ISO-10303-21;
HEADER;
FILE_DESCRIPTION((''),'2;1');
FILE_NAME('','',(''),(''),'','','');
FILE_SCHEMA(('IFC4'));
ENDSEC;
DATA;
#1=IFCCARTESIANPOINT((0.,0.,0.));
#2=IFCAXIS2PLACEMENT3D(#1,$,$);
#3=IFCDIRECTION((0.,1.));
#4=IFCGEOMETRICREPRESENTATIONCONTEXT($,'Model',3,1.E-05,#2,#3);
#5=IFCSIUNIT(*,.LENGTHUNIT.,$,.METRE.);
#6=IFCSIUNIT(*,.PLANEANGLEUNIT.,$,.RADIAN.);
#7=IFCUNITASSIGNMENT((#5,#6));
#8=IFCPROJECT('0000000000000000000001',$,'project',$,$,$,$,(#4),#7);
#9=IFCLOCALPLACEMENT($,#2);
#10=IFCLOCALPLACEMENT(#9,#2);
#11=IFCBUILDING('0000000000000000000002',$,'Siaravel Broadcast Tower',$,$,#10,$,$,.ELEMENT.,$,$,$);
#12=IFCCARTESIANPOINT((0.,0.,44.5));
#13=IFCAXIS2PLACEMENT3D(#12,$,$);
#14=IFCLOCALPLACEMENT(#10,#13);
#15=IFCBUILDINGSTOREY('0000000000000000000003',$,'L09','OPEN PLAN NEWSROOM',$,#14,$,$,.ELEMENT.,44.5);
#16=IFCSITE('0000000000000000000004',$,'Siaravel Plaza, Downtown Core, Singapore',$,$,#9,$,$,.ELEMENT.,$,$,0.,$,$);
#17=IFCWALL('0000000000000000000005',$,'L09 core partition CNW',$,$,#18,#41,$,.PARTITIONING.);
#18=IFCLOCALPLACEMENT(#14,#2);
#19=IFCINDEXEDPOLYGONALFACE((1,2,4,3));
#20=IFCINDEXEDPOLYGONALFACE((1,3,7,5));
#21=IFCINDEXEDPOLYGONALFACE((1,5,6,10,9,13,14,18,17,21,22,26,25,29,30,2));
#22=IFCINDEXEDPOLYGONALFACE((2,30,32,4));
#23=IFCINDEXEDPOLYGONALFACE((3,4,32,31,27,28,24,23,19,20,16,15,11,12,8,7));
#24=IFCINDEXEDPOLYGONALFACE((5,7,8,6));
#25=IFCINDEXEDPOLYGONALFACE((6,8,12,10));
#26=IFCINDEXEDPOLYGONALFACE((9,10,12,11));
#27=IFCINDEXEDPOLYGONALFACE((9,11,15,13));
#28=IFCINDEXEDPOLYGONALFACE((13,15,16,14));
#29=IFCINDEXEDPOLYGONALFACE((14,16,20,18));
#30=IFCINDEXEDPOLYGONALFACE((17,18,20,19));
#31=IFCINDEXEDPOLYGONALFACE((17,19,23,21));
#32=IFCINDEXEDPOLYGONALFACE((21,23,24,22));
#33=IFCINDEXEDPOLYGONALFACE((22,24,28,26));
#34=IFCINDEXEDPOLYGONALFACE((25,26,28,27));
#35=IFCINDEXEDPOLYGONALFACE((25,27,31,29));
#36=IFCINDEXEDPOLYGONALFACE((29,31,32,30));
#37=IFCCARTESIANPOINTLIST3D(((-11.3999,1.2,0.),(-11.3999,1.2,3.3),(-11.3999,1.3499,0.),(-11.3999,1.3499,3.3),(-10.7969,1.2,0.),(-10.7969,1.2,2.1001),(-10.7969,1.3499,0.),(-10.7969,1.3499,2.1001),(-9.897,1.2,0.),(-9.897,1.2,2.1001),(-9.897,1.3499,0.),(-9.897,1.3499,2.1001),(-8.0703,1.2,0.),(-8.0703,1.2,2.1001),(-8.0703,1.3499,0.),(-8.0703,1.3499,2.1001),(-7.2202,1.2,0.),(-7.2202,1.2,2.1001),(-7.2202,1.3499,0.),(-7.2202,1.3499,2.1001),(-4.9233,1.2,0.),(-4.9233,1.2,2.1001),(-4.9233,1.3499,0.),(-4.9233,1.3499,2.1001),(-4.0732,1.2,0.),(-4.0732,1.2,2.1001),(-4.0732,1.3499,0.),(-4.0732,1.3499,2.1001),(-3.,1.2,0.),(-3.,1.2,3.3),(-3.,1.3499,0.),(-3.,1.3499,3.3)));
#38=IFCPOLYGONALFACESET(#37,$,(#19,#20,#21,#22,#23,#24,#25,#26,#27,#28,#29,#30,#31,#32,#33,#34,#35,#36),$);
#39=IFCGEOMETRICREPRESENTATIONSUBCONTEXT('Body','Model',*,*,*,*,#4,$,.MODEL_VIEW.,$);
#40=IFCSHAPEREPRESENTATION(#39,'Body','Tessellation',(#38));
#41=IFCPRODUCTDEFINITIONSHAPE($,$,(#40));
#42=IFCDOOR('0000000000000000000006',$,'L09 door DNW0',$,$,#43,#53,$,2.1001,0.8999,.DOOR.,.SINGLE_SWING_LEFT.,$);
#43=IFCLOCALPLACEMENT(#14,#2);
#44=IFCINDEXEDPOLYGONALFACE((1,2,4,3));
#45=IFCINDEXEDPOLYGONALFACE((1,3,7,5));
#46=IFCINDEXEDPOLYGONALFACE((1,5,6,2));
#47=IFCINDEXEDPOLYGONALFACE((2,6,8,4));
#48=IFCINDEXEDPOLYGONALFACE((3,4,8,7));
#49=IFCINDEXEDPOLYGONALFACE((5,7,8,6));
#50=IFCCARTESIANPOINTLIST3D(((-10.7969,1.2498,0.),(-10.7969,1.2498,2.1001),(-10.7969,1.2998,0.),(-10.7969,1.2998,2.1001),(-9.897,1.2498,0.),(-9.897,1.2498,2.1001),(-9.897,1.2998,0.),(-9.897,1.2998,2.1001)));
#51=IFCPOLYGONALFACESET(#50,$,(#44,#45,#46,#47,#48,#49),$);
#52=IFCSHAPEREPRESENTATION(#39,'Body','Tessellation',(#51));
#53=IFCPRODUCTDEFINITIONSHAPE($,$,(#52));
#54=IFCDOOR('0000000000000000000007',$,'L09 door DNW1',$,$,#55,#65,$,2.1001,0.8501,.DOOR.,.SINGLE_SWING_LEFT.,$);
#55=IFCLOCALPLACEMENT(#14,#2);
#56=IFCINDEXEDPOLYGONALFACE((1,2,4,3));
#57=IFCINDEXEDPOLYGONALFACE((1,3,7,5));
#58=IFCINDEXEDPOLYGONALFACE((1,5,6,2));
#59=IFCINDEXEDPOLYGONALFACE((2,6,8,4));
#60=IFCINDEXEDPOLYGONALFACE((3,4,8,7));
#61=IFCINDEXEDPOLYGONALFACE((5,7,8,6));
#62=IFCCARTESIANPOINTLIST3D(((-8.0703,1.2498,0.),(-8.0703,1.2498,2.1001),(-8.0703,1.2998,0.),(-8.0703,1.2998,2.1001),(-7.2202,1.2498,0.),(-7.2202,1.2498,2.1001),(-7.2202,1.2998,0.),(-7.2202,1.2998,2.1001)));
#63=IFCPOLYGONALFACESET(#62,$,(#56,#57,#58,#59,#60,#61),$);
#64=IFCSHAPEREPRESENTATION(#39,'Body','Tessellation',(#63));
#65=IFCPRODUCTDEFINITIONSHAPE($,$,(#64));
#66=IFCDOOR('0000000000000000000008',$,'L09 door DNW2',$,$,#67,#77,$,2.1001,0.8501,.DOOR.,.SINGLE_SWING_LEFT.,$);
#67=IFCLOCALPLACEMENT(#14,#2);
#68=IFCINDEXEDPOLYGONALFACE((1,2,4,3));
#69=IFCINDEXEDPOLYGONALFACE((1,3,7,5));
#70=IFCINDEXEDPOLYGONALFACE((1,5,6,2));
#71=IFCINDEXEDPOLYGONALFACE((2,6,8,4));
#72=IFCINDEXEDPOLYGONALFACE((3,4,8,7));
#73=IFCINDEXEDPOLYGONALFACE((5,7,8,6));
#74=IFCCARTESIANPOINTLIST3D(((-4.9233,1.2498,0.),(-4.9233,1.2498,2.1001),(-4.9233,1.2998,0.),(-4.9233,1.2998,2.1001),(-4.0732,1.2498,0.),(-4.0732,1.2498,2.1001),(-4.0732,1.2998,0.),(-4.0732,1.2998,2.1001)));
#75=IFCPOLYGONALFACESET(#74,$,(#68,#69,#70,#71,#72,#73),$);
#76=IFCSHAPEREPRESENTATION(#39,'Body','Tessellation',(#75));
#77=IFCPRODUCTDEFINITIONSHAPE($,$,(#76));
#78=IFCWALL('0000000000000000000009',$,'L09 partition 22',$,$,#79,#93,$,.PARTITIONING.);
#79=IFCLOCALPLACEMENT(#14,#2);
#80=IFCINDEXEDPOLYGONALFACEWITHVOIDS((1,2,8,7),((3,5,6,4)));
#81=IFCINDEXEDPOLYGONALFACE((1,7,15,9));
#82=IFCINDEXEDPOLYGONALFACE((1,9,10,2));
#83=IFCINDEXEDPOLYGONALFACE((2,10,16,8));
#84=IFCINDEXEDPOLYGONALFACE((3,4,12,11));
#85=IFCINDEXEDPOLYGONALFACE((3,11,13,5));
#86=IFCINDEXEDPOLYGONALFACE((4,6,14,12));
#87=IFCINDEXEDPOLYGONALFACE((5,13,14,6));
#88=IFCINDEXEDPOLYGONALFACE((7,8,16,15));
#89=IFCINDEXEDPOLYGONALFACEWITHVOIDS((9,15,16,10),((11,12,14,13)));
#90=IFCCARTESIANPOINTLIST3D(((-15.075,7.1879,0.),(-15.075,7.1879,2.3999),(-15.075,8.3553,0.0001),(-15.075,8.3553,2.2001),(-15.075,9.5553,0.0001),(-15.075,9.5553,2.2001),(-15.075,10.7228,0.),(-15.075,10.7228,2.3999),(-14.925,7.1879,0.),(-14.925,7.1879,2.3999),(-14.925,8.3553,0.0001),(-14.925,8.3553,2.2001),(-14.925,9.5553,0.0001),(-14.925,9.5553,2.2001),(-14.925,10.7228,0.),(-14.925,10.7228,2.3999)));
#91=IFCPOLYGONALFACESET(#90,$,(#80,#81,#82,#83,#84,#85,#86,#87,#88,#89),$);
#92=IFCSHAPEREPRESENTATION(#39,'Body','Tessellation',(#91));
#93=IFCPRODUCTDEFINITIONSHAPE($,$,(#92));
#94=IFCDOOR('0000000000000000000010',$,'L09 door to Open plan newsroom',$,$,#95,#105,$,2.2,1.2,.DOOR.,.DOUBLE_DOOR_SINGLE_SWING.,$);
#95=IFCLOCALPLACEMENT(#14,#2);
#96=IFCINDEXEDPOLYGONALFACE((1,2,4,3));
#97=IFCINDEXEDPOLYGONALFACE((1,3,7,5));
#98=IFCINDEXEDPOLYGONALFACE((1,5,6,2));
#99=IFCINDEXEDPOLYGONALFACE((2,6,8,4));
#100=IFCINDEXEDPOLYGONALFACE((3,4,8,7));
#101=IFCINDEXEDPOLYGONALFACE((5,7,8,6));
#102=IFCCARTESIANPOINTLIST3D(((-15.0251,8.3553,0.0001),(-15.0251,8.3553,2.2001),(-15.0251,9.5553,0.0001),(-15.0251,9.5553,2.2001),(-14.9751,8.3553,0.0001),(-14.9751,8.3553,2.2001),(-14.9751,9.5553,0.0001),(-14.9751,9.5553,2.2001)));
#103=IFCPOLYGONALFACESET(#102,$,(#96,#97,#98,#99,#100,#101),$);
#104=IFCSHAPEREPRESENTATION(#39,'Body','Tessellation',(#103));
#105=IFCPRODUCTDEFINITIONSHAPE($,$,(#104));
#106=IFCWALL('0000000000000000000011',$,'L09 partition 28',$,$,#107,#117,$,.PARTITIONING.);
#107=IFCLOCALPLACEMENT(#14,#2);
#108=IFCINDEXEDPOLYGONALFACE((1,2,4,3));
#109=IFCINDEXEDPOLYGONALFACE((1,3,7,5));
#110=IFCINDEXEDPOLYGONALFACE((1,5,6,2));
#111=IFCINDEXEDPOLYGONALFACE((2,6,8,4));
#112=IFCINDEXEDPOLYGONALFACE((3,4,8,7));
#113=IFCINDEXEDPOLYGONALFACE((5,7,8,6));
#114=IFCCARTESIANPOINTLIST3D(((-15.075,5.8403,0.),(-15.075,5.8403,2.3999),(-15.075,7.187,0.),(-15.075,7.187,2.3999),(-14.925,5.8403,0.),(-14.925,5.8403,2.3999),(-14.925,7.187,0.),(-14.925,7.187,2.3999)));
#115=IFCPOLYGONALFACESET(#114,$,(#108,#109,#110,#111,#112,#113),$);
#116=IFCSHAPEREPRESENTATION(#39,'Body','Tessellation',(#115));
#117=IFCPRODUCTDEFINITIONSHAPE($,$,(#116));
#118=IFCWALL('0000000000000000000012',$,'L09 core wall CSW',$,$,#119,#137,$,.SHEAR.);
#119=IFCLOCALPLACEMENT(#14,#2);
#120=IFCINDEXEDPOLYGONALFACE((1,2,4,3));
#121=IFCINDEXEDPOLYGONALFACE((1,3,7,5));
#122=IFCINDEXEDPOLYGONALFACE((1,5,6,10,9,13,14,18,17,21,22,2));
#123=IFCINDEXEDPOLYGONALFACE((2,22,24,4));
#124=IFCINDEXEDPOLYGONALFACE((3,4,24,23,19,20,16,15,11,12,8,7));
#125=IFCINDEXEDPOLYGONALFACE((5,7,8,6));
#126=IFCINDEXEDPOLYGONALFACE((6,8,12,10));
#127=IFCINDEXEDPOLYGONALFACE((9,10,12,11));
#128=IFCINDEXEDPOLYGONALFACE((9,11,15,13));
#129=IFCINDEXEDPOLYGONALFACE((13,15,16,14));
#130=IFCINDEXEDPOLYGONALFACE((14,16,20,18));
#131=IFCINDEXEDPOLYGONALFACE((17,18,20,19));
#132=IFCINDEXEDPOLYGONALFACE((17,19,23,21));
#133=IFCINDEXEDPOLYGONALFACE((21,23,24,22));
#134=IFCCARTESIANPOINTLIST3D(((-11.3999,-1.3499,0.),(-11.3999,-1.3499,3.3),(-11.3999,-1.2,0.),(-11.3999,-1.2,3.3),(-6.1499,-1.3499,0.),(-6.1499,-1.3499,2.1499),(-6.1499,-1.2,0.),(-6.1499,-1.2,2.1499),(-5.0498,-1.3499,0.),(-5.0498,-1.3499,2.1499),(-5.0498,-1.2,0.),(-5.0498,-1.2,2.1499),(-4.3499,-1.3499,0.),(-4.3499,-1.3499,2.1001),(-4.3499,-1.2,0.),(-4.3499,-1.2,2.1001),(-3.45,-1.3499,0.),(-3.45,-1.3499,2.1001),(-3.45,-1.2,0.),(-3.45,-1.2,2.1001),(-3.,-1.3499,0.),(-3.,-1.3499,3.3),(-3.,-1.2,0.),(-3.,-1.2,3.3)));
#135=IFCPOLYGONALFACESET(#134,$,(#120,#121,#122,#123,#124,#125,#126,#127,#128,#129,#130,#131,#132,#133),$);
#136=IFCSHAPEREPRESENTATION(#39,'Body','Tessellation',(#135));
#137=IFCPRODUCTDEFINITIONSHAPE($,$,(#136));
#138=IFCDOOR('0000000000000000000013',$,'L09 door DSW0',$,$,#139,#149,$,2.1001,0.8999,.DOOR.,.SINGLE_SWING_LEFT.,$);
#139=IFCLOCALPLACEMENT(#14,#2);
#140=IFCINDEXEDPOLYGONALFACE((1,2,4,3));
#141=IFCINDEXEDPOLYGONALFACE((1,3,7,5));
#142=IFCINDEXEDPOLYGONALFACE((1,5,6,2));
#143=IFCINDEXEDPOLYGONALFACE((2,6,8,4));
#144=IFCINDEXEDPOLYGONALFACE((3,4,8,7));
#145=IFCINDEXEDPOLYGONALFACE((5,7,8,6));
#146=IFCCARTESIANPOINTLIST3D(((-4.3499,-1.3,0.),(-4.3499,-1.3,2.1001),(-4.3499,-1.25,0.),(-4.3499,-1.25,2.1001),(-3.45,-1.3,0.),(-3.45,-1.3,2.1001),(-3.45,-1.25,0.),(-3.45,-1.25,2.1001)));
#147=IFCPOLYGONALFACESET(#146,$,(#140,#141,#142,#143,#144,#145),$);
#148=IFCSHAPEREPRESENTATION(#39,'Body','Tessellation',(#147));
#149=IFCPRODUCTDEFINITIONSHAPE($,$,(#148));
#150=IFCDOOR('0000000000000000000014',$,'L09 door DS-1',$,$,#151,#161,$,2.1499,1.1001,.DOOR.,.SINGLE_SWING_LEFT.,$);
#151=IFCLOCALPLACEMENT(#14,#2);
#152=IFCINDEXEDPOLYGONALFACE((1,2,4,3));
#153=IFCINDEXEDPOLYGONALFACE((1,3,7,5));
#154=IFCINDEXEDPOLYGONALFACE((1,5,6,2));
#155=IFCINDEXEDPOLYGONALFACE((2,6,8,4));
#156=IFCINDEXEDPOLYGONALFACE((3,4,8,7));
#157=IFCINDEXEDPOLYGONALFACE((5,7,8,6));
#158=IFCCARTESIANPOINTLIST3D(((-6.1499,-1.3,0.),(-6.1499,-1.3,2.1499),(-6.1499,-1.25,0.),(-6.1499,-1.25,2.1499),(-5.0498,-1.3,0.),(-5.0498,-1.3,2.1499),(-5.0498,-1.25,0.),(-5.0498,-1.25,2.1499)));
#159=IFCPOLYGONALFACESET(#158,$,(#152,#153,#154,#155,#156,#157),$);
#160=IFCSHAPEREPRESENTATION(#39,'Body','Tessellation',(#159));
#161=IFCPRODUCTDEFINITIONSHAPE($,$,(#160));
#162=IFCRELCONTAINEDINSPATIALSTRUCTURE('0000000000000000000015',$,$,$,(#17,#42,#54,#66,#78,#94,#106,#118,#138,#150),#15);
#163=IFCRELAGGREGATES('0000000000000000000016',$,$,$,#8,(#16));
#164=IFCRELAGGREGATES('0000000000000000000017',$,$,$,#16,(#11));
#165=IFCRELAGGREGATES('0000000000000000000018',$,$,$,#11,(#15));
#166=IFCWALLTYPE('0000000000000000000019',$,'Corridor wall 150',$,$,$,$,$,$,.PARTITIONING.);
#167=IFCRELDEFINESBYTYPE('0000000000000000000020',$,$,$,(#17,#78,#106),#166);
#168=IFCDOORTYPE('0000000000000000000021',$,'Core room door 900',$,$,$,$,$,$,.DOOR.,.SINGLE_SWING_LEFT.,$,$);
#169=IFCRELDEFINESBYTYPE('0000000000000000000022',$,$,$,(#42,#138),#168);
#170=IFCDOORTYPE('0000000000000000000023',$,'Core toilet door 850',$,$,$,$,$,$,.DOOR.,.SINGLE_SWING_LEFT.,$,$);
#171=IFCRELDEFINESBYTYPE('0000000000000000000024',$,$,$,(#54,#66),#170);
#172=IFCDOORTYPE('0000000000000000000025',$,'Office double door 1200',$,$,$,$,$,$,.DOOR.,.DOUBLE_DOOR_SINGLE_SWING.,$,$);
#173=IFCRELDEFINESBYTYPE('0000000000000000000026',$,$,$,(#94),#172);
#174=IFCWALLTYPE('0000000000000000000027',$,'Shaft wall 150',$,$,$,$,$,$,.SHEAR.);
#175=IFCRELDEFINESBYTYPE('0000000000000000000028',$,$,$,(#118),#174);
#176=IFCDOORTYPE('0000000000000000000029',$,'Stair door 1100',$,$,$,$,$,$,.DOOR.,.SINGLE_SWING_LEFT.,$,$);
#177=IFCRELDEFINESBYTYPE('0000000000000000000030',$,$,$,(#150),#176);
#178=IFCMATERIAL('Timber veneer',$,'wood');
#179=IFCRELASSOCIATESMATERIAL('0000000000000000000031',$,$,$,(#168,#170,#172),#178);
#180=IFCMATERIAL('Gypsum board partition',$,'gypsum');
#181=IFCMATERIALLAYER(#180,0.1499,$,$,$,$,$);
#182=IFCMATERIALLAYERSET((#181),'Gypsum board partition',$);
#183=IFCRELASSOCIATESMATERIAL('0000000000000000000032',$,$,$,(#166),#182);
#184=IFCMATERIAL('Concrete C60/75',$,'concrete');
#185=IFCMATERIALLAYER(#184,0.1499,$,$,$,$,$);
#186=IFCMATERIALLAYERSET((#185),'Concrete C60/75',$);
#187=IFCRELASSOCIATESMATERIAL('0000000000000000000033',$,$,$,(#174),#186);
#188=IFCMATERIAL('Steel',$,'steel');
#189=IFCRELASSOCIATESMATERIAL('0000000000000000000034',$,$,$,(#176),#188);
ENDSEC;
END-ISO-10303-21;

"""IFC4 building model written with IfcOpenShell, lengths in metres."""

from ifc_helpers import new_model, si_unit, direction, frame, frame_2d, origin, place, context, subcontext, project, spatial, rectangle, extrude, material, layer, layer_set, type_object, element, fill, save


model = new_model("IFC4")

# Units and contexts
model_context = context("Model", 3, precision=1e-05, world=origin(), true_north=direction((0.0, 1.0)))
body_context = subcontext(model_context, "Body", "Model", "MODEL_VIEW")
ifc_project = project(units=[si_unit("LENGTHUNIT", "METRE"), si_unit("PLANEANGLEUNIT", "RADIAN")], contexts=[model_context])

# Site, building, storey
site_placement = place(None, origin())
site = spatial("IfcSite", under=ifc_project, at=site_placement, Name="Siaravel Plaza, Downtown Core, Singapore", CompositionType="ELEMENT", RefElevation=0.0)
building_placement = place(site_placement, origin())
building = spatial("IfcBuilding", under=site, at=building_placement, Name="Siaravel Broadcast Tower", CompositionType="ELEMENT")
storey_placement = place(building_placement, frame((0.0, 0.0, 44.5)))
storey = spatial("IfcBuildingStorey", under=building, at=storey_placement, Name="L09", Description="OPEN PLAN NEWSROOM", CompositionType="ELEMENT", Elevation=44.5)

# Wall, openings, doors
ifc_material_1 = material(Name="Concrete C60/75", Category="concrete")
ifc_material_2 = material(Name="Timber veneer", Category="wood")
door_type_1 = type_object("IfcDoorType", Name="Core room door 900", OperationType="SINGLE_SWING_LEFT", PredefinedType="DOOR", material=ifc_material_2)
ifc_material_3 = material(Name="Steel", Category="steel")
ifc_material_4 = material(Name="Gypsum board partition", Category="gypsum")
ifc_layer_1 = layer(ifc_material_4, 0.1499)
ifc_layer_set_1 = layer_set([ifc_layer_1], Name="Gypsum board partition")
wall_type_1 = type_object("IfcWallType", Name="Corridor wall 150", PredefinedType="PARTITIONING", material=ifc_layer_set_1)
wall_1_placement = place(storey_placement, frame((-11.3999, 1.2749, 0.0), z_axis=(0.0, 0.0, 1.0), x_axis=(1.0, 0.0, 0.0)))
wall_1 = element("IfcWall", 1, at=wall_1_placement, inside=storey, type_object=wall_type_1, Name="L09 core partition CNW", PredefinedType="PARTITIONING", context=body_context, shape_type="SweptSolid", body=[
    extrude(rectangle(XDim=8.3999, YDim=0.1499, at=frame_2d((4.2, 0.0))), origin(), (0.0, 0.0, 1.0), 3.3),
])
opening_1_placement = place(wall_1_placement, frame((0.603, 0.0, 0.0)))
opening_1 = element("IfcOpeningElement", 2, at=opening_1_placement, cuts=wall_1, PredefinedType="OPENING", context=body_context, shape_type="SweptSolid", body=[
    extrude(rectangle(XDim=0.8999, YDim=2.1001, at=frame_2d((0.45, 1.05))), frame((0.0, 0.085, 0.0), z_axis=(0.0, -1.0, 0.0), x_axis=(1.0, 0.0, 0.0)), (0.0, 0.0, 1.0), 0.1699),
])
opening_2_placement = place(wall_1_placement, frame((3.3296, 0.0, 0.0)))
opening_2 = element("IfcOpeningElement", 3, at=opening_2_placement, cuts=wall_1, PredefinedType="OPENING", context=body_context, shape_type="SweptSolid", body=[
    extrude(rectangle(XDim=0.8501, YDim=2.1001, at=frame_2d((0.425, 1.05))), frame((0.0, 0.085, 0.0), z_axis=(0.0, -1.0, 0.0), x_axis=(1.0, 0.0, 0.0)), (0.0, 0.0, 1.0), 0.1699),
])
opening_3_placement = place(wall_1_placement, frame((6.4766, 0.0, 0.0)))
opening_3 = element("IfcOpeningElement", 4, at=opening_3_placement, cuts=wall_1, PredefinedType="OPENING", context=body_context, shape_type="SweptSolid", body=[
    extrude(rectangle(XDim=0.8501, YDim=2.1001, at=frame_2d((0.425, 1.05))), frame((0.0, 0.085, 0.0), z_axis=(0.0, -1.0, 0.0), x_axis=(1.0, 0.0, 0.0)), (0.0, 0.0, 1.0), 0.1699),
])
door_1_placement = place(opening_1_placement, origin())
door_1 = element("IfcDoor", 5, at=door_1_placement, inside=storey, type_object=door_type_1, Name="L09 door DNW0", OperationType="SINGLE_SWING_LEFT", OverallHeight=2.1001, OverallWidth=0.8999, PredefinedType="DOOR", context=body_context, shape_type="SweptSolid", body=[
    extrude(rectangle(XDim=0.8999, YDim=2.1001, at=frame_2d((0.45, 1.05))), frame((0.0, 0.0249, 0.0), z_axis=(0.0, -1.0, 0.0), x_axis=(1.0, 0.0, 0.0)), (0.0, 0.0, 1.0), 0.05),
])
fill(opening_1, door_1)
door_type_2 = type_object("IfcDoorType", Name="Core toilet door 850", OperationType="SINGLE_SWING_LEFT", PredefinedType="DOOR", material=ifc_material_2)
door_2_placement = place(opening_2_placement, origin())
door_2 = element("IfcDoor", 6, at=door_2_placement, inside=storey, type_object=door_type_2, Name="L09 door DNW1", OperationType="SINGLE_SWING_LEFT", OverallHeight=2.1001, OverallWidth=0.8501, PredefinedType="DOOR", context=body_context, shape_type="SweptSolid", body=[
    extrude(rectangle(XDim=0.8501, YDim=2.1001, at=frame_2d((0.425, 1.05))), frame((0.0, 0.0249, 0.0), z_axis=(0.0, -1.0, 0.0), x_axis=(1.0, 0.0, 0.0)), (0.0, 0.0, 1.0), 0.05),
])
fill(opening_2, door_2)
door_3_placement = place(opening_3_placement, origin())
door_3 = element("IfcDoor", 7, at=door_3_placement, inside=storey, type_object=door_type_2, Name="L09 door DNW2", OperationType="SINGLE_SWING_LEFT", OverallHeight=2.1001, OverallWidth=0.8501, PredefinedType="DOOR", context=body_context, shape_type="SweptSolid", body=[
    extrude(rectangle(XDim=0.8501, YDim=2.1001, at=frame_2d((0.425, 1.05))), frame((0.0, 0.0249, 0.0), z_axis=(0.0, -1.0, 0.0), x_axis=(1.0, 0.0, 0.0)), (0.0, 0.0, 1.0), 0.05),
])
fill(opening_3, door_3)

# Wall, opening, door
wall_2_placement = place(storey_placement, frame((-15.0, 10.7229, 0.0), z_axis=(0.0, 0.0, 1.0), x_axis=(0.0, -1.0, 0.0)))
wall_2 = element("IfcWall", 8, at=wall_2_placement, inside=storey, type_object=wall_type_1, Name="L09 partition 22", PredefinedType="PARTITIONING", context=body_context, shape_type="SweptSolid", body=[
    extrude(rectangle(XDim=3.5349, YDim=0.1499, at=frame_2d((1.7676, 0.0))), origin(), (0.0, 0.0, 1.0), 2.3999),
])
opening_4_placement = place(wall_2_placement, frame((1.1675, 0.0, 0.0)))
opening_4 = element("IfcOpeningElement", 9, at=opening_4_placement, cuts=wall_2, PredefinedType="OPENING", context=body_context, shape_type="SweptSolid", body=[
    extrude(rectangle(XDim=1.2, YDim=2.2, at=frame_2d((0.6001, 1.1001))), frame((0.0, 0.085, 0.0), z_axis=(0.0, -1.0, 0.0), x_axis=(1.0, 0.0, 0.0)), (0.0, 0.0, 1.0), 0.1699),
])
door_type_3 = type_object("IfcDoorType", Name="Office double door 1200", OperationType="DOUBLE_DOOR_SINGLE_SWING", PredefinedType="DOOR", material=ifc_material_2)
door_4_placement = place(opening_4_placement, origin())
door_4 = element("IfcDoor", 10, at=door_4_placement, inside=storey, type_object=door_type_3, Name="L09 door to Open plan newsroom", OperationType="DOUBLE_DOOR_SINGLE_SWING", OverallHeight=2.2, OverallWidth=1.2, PredefinedType="DOOR", context=body_context, shape_type="SweptSolid", body=[
    extrude(rectangle(XDim=1.2, YDim=2.2, at=frame_2d((0.6001, 1.1001))), frame((0.0, 0.0249, 0.0), z_axis=(0.0, -1.0, 0.0), x_axis=(1.0, 0.0, 0.0)), (0.0, 0.0, 1.0), 0.05),
])
fill(opening_4, door_4)

# Wall
wall_3_placement = place(storey_placement, frame((-15.0, 7.187, 0.0), z_axis=(0.0, 0.0, 1.0), x_axis=(0.0, -1.0, 0.0)))
element("IfcWall", 11, at=wall_3_placement, inside=storey, type_object=wall_type_1, Name="L09 partition 28", PredefinedType="PARTITIONING", context=body_context, shape_type="SweptSolid", body=[
    extrude(rectangle(XDim=1.3467, YDim=0.1499, at=frame_2d((0.6733, 0.0))), origin(), (0.0, 0.0, 1.0), 2.3999),
])

# Wall, openings, doors
ifc_layer_2 = layer(ifc_material_1, 0.1499)
ifc_layer_set_2 = layer_set([ifc_layer_2], Name="Concrete C60/75")
wall_type_2 = type_object("IfcWallType", Name="Shaft wall 150", PredefinedType="SHEAR", material=ifc_layer_set_2)
wall_4_placement = place(storey_placement, frame((-11.3999, -1.2749, 0.0), z_axis=(0.0, 0.0, 1.0), x_axis=(1.0, 0.0, 0.0)))
wall_4 = element("IfcWall", 12, at=wall_4_placement, inside=storey, type_object=wall_type_2, Name="L09 core wall CSW", PredefinedType="SHEAR", context=body_context, shape_type="SweptSolid", body=[
    extrude(rectangle(XDim=8.3999, YDim=0.1499, at=frame_2d((4.2, 0.0))), origin(), (0.0, 0.0, 1.0), 3.3),
])
opening_5_placement = place(wall_4_placement, frame((5.25, 0.0, 0.0)))
opening_5 = element("IfcOpeningElement", 13, at=opening_5_placement, cuts=wall_4, PredefinedType="OPENING", context=body_context, shape_type="SweptSolid", body=[
    extrude(rectangle(XDim=1.1001, YDim=2.1499, at=frame_2d((0.55, 1.075))), frame((0.0, 0.085, 0.0), z_axis=(0.0, -1.0, 0.0), x_axis=(1.0, 0.0, 0.0)), (0.0, 0.0, 1.0), 0.1699),
])
opening_6_placement = place(wall_4_placement, frame((7.05, 0.0, 0.0)))
opening_6 = element("IfcOpeningElement", 14, at=opening_6_placement, cuts=wall_4, PredefinedType="OPENING", context=body_context, shape_type="SweptSolid", body=[
    extrude(rectangle(XDim=0.8999, YDim=2.1001, at=frame_2d((0.45, 1.05))), frame((0.0, 0.085, 0.0), z_axis=(0.0, -1.0, 0.0), x_axis=(1.0, 0.0, 0.0)), (0.0, 0.0, 1.0), 0.1699),
])
door_5_placement = place(opening_6_placement, origin())
door_5 = element("IfcDoor", 15, at=door_5_placement, inside=storey, type_object=door_type_1, Name="L09 door DSW0", OperationType="SINGLE_SWING_LEFT", OverallHeight=2.1001, OverallWidth=0.8999, PredefinedType="DOOR", context=body_context, shape_type="SweptSolid", body=[
    extrude(rectangle(XDim=0.8999, YDim=2.1001, at=frame_2d((0.45, 1.05))), frame((0.0, 0.0249, 0.0), z_axis=(0.0, -1.0, 0.0), x_axis=(1.0, 0.0, 0.0)), (0.0, 0.0, 1.0), 0.05),
])
fill(opening_6, door_5)
door_type_4 = type_object("IfcDoorType", Name="Stair door 1100", OperationType="SINGLE_SWING_LEFT", PredefinedType="DOOR", material=ifc_material_3)
door_6_placement = place(opening_5_placement, origin())
door_6 = element("IfcDoor", 16, at=door_6_placement, inside=storey, type_object=door_type_4, Name="L09 door DS-1", OperationType="SINGLE_SWING_LEFT", OverallHeight=2.1499, OverallWidth=1.1001, PredefinedType="DOOR", context=body_context, shape_type="SweptSolid", body=[
    extrude(rectangle(XDim=1.1001, YDim=2.1499, at=frame_2d((0.55, 1.075))), frame((0.0, 0.0249, 0.0), z_axis=(0.0, -1.0, 0.0), x_axis=(1.0, 0.0, 0.0)), (0.0, 0.0, 1.0), 0.05),
])
fill(opening_5, door_6)

save(model, "model.ifc")
